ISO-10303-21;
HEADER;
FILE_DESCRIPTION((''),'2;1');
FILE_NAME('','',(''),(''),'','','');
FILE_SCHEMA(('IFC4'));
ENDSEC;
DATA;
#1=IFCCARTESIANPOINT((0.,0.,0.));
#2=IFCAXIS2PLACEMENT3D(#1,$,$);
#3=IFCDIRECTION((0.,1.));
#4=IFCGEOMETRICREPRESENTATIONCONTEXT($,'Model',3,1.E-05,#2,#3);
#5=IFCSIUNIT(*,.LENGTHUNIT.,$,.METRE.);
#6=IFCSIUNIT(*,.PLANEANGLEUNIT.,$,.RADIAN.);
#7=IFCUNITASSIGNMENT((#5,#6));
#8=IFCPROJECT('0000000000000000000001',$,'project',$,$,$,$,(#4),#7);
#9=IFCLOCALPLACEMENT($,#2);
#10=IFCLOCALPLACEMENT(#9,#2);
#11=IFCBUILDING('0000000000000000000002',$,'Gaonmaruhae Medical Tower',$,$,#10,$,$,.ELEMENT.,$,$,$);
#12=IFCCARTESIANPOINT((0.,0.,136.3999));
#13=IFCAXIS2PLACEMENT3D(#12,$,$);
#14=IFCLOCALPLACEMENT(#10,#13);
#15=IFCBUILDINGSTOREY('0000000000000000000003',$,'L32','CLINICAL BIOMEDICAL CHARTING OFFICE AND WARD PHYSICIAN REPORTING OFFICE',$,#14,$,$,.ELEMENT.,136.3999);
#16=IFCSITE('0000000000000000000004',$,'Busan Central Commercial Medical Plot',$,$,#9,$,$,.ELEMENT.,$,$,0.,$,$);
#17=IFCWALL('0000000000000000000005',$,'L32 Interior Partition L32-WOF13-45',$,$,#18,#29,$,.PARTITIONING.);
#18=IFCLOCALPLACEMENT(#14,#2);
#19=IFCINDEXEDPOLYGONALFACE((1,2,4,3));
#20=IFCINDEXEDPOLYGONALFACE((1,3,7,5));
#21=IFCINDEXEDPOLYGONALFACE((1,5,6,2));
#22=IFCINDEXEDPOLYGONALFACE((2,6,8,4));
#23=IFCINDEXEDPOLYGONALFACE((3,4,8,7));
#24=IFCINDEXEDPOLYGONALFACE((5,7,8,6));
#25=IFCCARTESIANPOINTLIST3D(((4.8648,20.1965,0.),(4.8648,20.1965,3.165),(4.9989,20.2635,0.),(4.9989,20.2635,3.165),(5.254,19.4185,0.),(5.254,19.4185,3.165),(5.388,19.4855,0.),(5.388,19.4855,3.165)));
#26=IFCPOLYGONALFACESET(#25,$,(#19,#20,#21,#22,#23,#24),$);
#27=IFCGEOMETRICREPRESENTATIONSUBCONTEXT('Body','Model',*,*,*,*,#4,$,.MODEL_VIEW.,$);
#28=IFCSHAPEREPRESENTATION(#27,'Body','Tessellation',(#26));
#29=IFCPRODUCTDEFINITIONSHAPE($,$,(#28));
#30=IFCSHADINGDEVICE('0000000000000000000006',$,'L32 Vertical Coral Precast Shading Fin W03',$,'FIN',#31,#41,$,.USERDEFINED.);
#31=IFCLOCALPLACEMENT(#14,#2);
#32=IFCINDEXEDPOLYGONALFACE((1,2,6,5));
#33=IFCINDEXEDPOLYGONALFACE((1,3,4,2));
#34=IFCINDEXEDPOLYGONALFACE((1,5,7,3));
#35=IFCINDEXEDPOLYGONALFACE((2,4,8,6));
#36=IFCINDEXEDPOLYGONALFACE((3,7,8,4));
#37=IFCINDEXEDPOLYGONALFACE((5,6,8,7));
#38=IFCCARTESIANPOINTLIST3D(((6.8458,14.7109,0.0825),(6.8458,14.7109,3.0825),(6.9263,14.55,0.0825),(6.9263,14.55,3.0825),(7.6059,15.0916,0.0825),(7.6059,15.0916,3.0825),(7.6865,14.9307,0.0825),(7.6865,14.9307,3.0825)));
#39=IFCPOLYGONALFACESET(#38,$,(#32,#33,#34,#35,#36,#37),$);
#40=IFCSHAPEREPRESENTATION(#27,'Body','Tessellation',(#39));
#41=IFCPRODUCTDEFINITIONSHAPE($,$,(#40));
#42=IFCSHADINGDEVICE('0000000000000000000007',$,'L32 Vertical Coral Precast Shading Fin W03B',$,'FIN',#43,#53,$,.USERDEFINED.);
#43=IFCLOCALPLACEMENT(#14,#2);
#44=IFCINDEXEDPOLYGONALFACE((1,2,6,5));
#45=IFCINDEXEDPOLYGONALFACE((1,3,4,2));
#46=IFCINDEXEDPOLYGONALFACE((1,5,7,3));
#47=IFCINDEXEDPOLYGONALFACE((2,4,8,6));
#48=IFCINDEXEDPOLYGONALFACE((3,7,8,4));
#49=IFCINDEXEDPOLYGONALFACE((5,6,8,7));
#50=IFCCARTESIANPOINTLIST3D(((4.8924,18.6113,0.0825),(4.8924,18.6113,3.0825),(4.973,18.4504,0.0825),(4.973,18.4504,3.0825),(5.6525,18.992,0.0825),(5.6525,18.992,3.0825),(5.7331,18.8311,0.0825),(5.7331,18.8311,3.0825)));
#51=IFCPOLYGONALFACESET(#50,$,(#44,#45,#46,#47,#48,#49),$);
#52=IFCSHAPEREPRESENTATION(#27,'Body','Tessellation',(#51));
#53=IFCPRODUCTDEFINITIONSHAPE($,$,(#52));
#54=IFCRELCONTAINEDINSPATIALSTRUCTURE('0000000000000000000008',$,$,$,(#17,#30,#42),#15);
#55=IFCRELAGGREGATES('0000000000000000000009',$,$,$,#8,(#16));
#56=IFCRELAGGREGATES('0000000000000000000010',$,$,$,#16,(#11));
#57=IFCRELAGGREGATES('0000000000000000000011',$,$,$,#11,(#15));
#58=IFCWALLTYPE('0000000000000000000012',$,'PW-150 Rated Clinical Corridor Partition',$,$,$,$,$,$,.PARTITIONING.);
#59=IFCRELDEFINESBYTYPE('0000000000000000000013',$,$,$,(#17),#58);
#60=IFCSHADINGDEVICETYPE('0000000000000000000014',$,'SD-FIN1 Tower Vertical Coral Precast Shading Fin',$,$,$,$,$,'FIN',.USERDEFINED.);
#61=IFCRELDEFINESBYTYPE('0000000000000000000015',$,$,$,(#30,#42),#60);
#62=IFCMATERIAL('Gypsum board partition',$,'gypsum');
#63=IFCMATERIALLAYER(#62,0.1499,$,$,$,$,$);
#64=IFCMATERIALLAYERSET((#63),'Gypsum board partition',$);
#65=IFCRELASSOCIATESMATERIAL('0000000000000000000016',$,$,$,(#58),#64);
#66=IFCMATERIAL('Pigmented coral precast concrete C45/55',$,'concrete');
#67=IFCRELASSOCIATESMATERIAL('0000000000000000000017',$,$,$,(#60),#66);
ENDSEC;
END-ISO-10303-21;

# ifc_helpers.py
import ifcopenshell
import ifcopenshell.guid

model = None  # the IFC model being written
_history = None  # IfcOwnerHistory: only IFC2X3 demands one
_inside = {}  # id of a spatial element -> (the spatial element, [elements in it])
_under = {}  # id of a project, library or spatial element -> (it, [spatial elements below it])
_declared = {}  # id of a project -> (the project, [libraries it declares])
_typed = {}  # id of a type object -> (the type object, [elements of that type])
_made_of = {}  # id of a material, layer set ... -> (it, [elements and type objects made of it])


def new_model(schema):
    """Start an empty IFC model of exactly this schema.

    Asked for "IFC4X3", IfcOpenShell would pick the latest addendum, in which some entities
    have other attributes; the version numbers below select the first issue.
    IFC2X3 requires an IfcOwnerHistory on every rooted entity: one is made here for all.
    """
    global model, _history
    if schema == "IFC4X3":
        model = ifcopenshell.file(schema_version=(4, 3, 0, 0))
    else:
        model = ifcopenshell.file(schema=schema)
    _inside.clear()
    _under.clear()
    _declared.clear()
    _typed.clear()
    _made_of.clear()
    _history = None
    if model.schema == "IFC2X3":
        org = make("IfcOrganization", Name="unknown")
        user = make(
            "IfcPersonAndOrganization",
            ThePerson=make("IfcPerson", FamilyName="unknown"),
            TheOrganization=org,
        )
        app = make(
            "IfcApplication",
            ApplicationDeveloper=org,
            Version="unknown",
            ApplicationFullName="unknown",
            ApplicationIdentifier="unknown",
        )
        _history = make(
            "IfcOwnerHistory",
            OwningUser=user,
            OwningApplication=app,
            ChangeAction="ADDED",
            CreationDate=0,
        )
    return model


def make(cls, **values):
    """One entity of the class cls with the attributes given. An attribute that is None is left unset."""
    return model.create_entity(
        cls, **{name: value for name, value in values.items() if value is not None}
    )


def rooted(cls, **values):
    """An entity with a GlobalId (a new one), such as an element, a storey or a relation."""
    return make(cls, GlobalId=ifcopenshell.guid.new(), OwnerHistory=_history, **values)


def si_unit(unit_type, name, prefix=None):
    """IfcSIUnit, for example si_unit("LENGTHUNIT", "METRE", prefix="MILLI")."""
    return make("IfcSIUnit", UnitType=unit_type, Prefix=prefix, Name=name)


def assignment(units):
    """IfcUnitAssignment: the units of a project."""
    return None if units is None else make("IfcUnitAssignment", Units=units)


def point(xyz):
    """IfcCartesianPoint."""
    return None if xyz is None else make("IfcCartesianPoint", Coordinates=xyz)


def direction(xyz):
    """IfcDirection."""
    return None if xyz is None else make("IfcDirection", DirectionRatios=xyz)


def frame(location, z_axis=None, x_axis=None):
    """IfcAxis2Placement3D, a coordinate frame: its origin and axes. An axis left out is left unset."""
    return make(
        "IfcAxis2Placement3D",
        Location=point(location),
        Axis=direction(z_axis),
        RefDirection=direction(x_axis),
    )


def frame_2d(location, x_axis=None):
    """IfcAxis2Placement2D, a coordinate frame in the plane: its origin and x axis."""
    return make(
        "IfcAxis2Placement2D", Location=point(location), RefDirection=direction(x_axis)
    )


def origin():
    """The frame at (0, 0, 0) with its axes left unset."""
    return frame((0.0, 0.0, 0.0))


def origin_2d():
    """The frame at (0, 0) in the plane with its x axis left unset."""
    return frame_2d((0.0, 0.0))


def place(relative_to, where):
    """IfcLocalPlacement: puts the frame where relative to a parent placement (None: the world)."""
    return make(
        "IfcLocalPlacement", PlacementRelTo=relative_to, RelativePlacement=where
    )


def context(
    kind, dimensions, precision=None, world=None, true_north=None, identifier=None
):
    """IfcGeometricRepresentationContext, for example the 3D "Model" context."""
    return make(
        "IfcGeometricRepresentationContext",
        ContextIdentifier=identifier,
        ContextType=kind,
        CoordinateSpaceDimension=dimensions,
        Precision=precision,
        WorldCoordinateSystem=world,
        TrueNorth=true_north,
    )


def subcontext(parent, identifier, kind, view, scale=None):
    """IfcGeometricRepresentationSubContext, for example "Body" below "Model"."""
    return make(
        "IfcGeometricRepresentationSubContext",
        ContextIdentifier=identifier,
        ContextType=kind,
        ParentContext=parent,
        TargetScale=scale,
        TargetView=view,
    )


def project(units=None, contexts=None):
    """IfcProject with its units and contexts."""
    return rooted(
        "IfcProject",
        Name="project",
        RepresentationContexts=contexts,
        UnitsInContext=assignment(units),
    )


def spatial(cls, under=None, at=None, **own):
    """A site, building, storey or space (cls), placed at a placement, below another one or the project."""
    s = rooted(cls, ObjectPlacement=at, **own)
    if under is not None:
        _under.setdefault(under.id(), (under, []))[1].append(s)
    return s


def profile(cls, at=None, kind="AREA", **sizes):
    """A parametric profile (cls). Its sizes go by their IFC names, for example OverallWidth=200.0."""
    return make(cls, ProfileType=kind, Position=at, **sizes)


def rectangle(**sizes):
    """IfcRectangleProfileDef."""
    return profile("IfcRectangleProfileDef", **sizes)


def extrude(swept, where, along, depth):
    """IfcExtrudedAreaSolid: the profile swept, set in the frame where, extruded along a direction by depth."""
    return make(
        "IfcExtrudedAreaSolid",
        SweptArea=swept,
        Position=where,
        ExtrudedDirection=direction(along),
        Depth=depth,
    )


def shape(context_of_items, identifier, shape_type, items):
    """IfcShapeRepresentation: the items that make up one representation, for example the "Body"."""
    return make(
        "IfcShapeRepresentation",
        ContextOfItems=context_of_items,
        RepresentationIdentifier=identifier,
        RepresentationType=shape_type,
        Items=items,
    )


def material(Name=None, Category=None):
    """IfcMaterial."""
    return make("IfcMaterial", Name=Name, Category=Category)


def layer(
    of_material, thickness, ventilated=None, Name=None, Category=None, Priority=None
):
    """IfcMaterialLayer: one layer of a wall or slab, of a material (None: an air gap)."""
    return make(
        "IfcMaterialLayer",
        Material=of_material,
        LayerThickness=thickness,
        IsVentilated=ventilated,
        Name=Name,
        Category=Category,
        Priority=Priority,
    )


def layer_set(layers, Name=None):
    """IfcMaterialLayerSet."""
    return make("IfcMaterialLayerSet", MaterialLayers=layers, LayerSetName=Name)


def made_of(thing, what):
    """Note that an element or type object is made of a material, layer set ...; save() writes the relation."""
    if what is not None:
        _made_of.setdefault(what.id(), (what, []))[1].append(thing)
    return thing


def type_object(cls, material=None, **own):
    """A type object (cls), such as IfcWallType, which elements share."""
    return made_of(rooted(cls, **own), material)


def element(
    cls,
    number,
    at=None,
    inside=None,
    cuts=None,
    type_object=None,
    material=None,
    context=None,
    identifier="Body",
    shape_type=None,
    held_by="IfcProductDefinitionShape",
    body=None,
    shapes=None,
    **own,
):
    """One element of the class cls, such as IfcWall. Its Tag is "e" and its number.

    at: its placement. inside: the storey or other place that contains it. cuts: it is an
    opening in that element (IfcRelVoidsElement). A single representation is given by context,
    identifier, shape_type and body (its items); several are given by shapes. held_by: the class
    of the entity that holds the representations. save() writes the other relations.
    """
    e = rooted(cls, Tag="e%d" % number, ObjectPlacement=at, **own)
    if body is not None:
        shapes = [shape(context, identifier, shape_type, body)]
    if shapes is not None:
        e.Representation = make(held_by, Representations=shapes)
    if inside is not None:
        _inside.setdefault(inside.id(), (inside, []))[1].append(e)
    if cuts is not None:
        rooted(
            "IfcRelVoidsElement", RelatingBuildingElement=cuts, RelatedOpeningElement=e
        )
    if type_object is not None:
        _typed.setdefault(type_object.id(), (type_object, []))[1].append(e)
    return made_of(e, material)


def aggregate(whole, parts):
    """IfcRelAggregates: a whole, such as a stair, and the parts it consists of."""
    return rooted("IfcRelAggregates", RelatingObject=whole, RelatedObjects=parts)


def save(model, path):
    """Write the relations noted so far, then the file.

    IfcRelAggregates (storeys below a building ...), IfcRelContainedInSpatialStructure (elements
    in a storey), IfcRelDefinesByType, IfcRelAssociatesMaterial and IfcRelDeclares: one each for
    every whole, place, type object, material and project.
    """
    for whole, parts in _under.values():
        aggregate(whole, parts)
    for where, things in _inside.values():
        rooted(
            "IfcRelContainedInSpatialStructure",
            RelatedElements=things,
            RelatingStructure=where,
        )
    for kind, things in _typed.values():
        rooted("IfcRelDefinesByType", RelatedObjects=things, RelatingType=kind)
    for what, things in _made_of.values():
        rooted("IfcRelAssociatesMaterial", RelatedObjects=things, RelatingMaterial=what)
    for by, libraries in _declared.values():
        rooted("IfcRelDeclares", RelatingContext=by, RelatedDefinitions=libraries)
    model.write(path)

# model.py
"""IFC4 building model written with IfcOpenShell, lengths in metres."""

from ifc_helpers import new_model, si_unit, direction, frame, frame_2d, origin, origin_2d, place, context, subcontext, project, spatial, rectangle, extrude, material, layer, layer_set, type_object, element, save


model = new_model("IFC4")

# Units and contexts
model_context = context("Model", 3, precision=1e-05, world=origin(), true_north=direction((0.0, 1.0)))
body_context = subcontext(model_context, "Body", "Model", "MODEL_VIEW")
ifc_project = project(units=[si_unit("LENGTHUNIT", "METRE"), si_unit("PLANEANGLEUNIT", "RADIAN")], contexts=[model_context])

# Site, building, storey
site_placement = place(None, origin())
site = spatial("IfcSite", under=ifc_project, at=site_placement, Name="Busan Central Commercial Medical Plot", CompositionType="ELEMENT", RefElevation=0.0)
building_placement = place(site_placement, origin())
building = spatial("IfcBuilding", under=site, at=building_placement, Name="Gaonmaruhae Medical Tower", CompositionType="ELEMENT")
storey_placement = place(building_placement, frame((0.0, 0.0, 136.3999)))
storey = spatial("IfcBuildingStorey", under=building, at=storey_placement, Name="L32", Description="CLINICAL BIOMEDICAL CHARTING OFFICE AND WARD PHYSICIAN REPORTING OFFICE", CompositionType="ELEMENT", Elevation=136.3999)

# Shared definitions
ifc_material_1 = material(Name="Gypsum board partition", Category="gypsum")
ifc_layer_1 = layer(ifc_material_1, 0.1499)
ifc_layer_set_1 = layer_set([ifc_layer_1], Name="Gypsum board partition")
wall_type_1 = type_object("IfcWallType", Name="PW-150 Rated Clinical Corridor Partition", PredefinedType="PARTITIONING", material=ifc_layer_set_1)

# Wall
wall_1_placement = place(storey_placement, frame((5.321, 19.4519, 0.0), z_axis=(0.0, 0.0, 1.0), x_axis=(-0.447326, 0.894371, 0.0)))
element("IfcWall", 1, at=wall_1_placement, inside=storey, type_object=wall_type_1, Name="L32 Interior Partition L32-WOF13-45", PredefinedType="PARTITIONING", context=body_context, shape_type="SweptSolid", body=[
    extrude(rectangle(XDim=0.8699, YDim=0.1499, at=frame_2d((0.4351, 0.0))), origin(), (0.0, 0.0, 1.0), 3.165),
])

# Shading devices
ifc_material_2 = material(Name="Pigmented coral precast concrete C45/55", Category="concrete")
shading_device_type = type_object("IfcShadingDeviceType", Name="SD-FIN1 Tower Vertical Coral Precast Shading Fin", ElementType="FIN", PredefinedType="USERDEFINED", material=ifc_material_2)
for number, where, z_axis, x_axis, name in (
    (2, (7.2661, 14.8208, 0.0825), (0.0, 0.0, 1.0), (-0.447759, 0.894154, 0.0), "L32 Vertical Coral Precast Shading Fin W03"),
    (3, (5.3127, 18.7212, 0.0825), (0.0, 0.0, 1.0), (-0.447759, 0.894154, 0.0), "L32 Vertical Coral Precast Shading Fin W03B"),
):
    element("IfcShadingDevice", number, at=place(storey_placement, frame(where, z_axis=z_axis, x_axis=x_axis)), inside=storey, type_object=shading_device_type, Name=name, ObjectType="FIN", PredefinedType="USERDEFINED", context=body_context, shape_type="SweptSolid", body=[
        extrude(rectangle(XDim=0.1799, YDim=0.8501, at=origin_2d()), origin(), (0.0, 0.0, 1.0), 3.0),
    ])

save(model, "model.ifc")
